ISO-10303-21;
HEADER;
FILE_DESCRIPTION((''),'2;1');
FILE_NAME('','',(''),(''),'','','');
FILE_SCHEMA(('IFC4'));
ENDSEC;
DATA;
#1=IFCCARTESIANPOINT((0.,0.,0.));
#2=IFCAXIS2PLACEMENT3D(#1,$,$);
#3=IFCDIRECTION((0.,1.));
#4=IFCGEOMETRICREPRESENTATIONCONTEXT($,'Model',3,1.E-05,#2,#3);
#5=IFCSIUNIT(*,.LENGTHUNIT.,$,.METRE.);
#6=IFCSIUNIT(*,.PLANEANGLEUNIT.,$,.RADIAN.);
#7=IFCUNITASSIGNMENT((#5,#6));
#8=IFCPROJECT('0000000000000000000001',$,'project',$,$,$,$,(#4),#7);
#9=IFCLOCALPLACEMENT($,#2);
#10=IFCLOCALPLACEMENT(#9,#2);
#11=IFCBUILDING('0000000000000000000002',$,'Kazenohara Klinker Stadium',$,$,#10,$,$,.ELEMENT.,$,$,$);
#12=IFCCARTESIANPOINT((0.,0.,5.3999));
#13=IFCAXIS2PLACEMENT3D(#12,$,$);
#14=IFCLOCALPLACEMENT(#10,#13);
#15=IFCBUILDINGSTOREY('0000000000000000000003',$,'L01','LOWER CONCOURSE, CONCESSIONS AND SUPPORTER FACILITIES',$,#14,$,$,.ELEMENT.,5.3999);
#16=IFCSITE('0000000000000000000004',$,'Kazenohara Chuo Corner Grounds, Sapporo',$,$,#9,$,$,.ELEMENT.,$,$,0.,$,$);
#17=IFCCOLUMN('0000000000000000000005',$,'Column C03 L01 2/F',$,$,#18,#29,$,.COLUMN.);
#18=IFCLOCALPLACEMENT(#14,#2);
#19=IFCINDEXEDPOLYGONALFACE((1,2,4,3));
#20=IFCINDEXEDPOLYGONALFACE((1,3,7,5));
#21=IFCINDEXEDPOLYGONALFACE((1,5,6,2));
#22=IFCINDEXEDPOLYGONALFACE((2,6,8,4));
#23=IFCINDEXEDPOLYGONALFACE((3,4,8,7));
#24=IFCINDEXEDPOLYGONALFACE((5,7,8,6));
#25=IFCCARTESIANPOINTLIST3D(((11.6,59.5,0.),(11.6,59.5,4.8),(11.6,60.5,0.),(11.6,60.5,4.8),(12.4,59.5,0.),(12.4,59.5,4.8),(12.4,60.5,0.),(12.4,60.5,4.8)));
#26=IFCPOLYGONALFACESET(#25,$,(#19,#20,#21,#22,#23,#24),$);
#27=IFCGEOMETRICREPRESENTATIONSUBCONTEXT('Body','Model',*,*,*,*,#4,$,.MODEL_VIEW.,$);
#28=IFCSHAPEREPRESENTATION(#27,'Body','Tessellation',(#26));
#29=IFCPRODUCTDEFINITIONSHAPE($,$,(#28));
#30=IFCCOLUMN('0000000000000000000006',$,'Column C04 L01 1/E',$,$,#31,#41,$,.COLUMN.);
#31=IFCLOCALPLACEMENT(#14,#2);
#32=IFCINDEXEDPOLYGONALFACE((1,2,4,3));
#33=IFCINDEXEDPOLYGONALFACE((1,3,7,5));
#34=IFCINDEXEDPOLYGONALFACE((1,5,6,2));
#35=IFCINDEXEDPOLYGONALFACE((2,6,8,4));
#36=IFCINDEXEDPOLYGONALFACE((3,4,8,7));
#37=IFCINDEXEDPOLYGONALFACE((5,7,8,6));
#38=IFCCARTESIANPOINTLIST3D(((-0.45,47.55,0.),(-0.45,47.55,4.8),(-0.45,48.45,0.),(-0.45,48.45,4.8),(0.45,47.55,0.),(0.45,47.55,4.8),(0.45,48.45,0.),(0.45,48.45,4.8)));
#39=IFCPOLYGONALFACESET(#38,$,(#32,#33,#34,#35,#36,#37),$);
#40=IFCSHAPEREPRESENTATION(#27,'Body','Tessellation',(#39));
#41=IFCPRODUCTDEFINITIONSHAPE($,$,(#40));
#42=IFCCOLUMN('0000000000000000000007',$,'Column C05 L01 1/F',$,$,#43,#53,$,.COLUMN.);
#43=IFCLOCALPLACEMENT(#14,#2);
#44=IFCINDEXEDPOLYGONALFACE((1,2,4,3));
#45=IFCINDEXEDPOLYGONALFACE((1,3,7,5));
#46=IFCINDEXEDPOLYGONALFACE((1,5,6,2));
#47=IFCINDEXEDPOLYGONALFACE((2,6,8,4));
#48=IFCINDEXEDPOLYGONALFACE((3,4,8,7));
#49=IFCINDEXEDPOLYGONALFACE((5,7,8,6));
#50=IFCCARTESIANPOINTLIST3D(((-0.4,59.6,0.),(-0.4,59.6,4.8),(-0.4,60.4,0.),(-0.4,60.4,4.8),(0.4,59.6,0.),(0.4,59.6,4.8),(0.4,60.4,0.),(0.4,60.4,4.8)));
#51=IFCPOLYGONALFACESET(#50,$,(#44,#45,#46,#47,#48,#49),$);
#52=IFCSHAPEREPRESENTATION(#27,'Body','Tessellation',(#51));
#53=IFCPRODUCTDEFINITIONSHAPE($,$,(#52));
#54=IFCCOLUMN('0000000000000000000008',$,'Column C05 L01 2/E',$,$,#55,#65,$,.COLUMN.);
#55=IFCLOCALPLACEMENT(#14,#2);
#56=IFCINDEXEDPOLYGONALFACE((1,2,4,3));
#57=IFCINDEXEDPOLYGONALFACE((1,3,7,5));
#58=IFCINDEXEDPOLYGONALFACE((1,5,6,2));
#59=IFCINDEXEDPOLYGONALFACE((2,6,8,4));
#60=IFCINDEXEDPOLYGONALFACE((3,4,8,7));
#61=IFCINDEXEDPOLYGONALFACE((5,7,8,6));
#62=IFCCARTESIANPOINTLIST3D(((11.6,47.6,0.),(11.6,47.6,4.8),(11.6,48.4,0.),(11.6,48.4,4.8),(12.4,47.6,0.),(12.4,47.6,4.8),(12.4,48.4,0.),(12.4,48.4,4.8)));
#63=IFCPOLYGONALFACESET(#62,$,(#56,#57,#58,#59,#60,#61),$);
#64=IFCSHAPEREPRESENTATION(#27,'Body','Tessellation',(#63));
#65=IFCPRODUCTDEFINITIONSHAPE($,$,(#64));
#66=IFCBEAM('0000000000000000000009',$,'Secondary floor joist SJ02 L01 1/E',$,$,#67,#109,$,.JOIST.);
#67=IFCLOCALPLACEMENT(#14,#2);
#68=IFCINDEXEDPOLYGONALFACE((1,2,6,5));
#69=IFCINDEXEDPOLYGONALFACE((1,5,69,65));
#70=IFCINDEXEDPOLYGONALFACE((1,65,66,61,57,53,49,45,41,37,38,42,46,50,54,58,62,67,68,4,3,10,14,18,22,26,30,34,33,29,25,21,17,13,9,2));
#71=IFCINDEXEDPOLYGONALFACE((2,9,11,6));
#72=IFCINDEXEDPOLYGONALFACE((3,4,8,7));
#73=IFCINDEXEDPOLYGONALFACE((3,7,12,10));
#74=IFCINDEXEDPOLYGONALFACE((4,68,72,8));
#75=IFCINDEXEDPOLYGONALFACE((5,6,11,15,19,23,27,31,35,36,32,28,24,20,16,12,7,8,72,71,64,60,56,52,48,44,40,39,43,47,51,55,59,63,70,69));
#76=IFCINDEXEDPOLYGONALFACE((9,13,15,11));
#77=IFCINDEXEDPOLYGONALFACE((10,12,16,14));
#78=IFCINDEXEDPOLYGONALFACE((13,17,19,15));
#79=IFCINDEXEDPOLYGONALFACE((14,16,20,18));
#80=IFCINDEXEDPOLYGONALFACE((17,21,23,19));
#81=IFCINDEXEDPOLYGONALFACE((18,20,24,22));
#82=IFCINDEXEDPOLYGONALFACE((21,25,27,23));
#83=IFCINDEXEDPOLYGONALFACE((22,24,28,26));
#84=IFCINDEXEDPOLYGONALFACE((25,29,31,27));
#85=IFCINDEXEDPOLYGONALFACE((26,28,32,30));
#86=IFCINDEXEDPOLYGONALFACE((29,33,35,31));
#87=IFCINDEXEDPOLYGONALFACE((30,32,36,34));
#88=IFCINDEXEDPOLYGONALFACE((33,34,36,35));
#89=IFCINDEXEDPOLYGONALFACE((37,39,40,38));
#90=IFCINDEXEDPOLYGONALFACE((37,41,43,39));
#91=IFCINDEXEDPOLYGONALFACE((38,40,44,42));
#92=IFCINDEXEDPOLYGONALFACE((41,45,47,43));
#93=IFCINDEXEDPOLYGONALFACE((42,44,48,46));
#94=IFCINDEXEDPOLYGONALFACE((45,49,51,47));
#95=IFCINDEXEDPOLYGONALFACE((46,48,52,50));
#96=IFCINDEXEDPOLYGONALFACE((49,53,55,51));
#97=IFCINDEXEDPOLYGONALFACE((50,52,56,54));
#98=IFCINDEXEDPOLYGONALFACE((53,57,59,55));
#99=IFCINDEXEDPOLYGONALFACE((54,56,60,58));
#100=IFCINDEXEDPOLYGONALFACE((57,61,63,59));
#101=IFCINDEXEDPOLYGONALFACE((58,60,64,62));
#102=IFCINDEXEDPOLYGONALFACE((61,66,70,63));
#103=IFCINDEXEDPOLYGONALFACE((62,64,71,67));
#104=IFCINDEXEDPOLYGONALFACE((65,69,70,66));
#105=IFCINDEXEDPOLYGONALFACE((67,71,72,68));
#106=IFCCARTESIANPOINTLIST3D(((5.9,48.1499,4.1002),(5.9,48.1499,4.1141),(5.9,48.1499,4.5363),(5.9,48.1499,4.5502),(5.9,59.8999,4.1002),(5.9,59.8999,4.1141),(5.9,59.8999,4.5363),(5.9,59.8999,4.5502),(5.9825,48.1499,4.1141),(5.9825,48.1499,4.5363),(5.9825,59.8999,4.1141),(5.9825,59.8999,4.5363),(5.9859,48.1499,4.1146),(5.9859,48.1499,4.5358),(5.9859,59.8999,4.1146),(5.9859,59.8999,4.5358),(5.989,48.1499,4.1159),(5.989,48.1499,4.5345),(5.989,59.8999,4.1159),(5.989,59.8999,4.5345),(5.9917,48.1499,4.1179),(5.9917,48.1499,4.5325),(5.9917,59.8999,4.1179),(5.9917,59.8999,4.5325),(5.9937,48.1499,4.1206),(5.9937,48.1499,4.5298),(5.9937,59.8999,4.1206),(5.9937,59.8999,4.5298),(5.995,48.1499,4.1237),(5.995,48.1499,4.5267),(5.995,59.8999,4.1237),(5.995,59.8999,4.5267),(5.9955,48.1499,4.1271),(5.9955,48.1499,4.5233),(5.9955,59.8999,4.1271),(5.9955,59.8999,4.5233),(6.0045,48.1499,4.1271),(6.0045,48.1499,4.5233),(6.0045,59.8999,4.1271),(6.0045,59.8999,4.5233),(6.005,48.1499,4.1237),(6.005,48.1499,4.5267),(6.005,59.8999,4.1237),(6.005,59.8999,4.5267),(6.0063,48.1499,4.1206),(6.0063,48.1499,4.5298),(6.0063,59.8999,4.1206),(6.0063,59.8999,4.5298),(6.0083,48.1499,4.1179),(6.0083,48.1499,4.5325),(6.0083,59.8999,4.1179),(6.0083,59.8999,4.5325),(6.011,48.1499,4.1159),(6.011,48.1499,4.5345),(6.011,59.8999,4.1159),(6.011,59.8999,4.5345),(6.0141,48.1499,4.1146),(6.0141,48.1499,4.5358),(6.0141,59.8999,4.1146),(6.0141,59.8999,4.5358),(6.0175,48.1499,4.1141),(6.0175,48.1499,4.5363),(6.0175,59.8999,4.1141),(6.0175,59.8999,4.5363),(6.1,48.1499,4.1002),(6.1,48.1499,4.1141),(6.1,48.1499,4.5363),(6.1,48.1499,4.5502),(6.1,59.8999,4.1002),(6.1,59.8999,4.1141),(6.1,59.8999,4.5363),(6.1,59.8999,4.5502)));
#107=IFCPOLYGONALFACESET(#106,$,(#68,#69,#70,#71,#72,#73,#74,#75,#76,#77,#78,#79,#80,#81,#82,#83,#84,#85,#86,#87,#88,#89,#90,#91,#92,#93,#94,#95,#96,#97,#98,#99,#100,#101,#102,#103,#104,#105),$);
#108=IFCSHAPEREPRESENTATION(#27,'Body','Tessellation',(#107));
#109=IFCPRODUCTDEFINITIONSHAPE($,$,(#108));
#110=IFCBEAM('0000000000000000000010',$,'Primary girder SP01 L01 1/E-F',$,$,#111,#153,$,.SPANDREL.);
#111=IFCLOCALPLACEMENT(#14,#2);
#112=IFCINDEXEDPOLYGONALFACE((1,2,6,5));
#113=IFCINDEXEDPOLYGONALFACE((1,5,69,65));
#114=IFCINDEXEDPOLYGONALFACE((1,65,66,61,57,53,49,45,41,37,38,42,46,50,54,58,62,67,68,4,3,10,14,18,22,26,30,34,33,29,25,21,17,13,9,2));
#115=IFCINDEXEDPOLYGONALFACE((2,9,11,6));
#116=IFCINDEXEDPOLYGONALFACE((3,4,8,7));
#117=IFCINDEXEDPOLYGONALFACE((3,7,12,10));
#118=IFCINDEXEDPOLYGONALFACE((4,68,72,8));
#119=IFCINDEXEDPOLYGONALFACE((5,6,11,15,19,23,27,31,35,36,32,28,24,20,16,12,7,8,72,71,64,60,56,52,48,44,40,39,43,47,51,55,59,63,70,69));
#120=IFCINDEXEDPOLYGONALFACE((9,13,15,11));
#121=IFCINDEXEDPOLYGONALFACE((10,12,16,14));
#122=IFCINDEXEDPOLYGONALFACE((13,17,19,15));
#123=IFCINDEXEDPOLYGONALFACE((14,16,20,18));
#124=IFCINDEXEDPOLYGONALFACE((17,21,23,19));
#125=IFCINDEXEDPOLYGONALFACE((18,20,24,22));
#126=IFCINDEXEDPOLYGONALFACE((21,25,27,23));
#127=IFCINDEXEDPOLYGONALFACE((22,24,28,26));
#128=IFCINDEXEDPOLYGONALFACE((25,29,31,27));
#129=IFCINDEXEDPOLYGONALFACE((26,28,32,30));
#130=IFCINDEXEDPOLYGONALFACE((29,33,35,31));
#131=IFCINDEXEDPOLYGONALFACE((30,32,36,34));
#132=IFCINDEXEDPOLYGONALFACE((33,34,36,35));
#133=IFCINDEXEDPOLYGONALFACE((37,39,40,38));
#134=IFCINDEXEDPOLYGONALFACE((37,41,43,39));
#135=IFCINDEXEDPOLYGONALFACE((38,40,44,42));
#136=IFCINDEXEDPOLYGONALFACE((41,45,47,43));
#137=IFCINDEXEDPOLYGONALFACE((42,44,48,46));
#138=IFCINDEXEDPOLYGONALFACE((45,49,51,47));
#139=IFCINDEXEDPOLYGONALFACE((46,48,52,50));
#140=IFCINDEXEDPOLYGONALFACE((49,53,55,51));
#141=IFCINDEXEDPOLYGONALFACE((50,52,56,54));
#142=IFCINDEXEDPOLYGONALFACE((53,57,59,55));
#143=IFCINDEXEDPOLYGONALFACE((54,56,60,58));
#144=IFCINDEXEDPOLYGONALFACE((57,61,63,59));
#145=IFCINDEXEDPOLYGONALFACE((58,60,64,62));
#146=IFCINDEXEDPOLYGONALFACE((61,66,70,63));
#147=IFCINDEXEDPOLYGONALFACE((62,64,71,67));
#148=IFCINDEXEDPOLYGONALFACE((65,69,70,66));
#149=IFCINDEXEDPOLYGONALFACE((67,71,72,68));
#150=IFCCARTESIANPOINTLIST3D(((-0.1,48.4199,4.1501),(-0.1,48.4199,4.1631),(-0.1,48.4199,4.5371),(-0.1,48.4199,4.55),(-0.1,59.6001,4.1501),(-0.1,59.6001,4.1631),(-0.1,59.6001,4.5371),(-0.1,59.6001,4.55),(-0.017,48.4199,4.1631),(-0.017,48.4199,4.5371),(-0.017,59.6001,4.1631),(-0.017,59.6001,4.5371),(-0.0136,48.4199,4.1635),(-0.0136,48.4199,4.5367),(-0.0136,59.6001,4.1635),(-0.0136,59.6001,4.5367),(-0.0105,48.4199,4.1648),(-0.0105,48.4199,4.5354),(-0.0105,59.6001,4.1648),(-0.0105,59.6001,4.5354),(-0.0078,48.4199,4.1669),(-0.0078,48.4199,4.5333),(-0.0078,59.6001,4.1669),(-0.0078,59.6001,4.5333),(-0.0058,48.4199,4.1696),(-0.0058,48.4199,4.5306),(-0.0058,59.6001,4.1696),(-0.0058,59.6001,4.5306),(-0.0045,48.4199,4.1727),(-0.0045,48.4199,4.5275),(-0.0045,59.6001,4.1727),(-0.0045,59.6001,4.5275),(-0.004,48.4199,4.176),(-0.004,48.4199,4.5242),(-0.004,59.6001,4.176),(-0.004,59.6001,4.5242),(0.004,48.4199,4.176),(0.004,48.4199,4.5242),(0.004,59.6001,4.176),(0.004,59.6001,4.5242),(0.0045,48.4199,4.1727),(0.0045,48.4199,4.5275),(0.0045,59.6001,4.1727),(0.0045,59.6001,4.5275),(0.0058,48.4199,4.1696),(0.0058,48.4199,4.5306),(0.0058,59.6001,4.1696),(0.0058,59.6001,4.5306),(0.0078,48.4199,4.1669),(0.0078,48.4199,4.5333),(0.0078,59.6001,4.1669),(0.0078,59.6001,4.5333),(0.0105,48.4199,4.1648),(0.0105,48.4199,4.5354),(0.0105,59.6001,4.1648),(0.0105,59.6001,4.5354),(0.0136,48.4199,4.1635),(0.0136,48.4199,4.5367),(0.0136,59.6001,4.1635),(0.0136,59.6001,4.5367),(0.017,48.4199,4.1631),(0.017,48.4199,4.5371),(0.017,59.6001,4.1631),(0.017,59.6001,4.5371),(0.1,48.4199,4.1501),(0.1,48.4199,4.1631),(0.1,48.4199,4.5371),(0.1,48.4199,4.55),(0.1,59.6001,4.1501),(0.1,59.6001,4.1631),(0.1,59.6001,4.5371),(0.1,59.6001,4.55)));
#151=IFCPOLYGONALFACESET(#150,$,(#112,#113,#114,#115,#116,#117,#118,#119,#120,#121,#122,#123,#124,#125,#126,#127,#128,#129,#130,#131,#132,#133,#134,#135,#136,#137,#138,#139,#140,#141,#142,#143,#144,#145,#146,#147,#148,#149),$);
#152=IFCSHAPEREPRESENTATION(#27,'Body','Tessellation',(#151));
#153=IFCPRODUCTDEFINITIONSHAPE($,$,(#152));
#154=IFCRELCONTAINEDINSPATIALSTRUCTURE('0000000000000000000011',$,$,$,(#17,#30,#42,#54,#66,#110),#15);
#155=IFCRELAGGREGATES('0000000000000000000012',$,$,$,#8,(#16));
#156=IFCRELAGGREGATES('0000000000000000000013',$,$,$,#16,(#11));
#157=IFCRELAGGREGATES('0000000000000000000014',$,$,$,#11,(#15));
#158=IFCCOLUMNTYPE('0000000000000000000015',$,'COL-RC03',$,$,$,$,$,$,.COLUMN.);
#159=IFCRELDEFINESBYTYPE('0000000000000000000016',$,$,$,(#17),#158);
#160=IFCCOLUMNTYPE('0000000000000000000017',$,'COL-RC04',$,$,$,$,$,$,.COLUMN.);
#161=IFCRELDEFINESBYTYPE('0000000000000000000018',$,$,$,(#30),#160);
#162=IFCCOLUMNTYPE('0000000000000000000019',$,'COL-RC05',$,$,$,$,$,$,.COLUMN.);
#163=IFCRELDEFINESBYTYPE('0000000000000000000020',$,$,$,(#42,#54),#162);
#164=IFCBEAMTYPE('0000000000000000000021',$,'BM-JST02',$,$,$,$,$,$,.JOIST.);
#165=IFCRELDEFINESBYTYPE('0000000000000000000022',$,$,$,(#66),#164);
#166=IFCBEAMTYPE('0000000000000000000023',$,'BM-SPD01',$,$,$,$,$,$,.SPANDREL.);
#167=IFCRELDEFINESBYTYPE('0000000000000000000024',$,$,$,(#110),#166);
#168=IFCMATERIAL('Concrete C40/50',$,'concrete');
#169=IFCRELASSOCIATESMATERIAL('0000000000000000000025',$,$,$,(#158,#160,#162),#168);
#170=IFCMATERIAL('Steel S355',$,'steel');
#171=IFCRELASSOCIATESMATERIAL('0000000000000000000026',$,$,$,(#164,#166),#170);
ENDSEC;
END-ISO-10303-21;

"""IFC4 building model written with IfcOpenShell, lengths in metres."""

from ifc_helpers import new_model, si_unit, direction, frame, origin, origin_2d, place, context, subcontext, project, spatial, rectangle, i_section, extrude, material, material_profile, profile_set, type_object, element, save


model = new_model("IFC4")

# Units and contexts
model_context = context("Model", 3, precision=1e-05, world=origin(), true_north=direction((0.0, 1.0)))
body_context = subcontext(model_context, "Body", "Model", "MODEL_VIEW")
ifc_project = project(units=[si_unit("LENGTHUNIT", "METRE"), si_unit("PLANEANGLEUNIT", "RADIAN")], contexts=[model_context])

# Site, building, storey
site_placement = place(None, origin())
site = spatial("IfcSite", under=ifc_project, at=site_placement, Name="Kazenohara Chuo Corner Grounds, Sapporo", CompositionType="ELEMENT", RefElevation=0.0)
building_placement = place(site_placement, origin())
building = spatial("IfcBuilding", under=site, at=building_placement, Name="Kazenohara Klinker Stadium", CompositionType="ELEMENT")
storey_placement = place(building_placement, frame((0.0, 0.0, 5.3999)))
storey = spatial("IfcBuildingStorey", under=building, at=storey_placement, Name="L01", Description="LOWER CONCOURSE, CONCESSIONS AND SUPPORTER FACILITIES", CompositionType="ELEMENT", Elevation=5.3999)

# Columns
ifc_material_1 = material(Name="Concrete C40/50", Category="concrete")
ifc_material_profile_1 = material_profile(ifc_material_1, rectangle(XDim=0.8, YDim=1.0, at=origin_2d()), Name="RC-COL-1000x800")
ifc_profile_set_1 = profile_set([ifc_material_profile_1], Name="Concrete C40/50")
column_type_1 = type_object("IfcColumnType", Name="COL-RC03", PredefinedType="COLUMN", material=ifc_profile_set_1)
column_1_placement = place(storey_placement, frame((12.0, 60.0, 0.0), z_axis=(0.0, 0.0, 1.0), x_axis=(1.0, 0.0, 0.0)))
element("IfcColumn", 1, at=column_1_placement, inside=storey, type_object=column_type_1, Name="Column C03 L01 2/F", PredefinedType="COLUMN", context=body_context, shape_type="SweptSolid", body=[
    extrude(rectangle(XDim=0.8, YDim=1.0, at=origin_2d()), origin(), (0.0, 0.0, 1.0), 4.8),
])
ifc_material_profile_2 = material_profile(ifc_material_1, rectangle(XDim=0.8999, YDim=0.8999, at=origin_2d()), Name="RC-COL-900x900")
ifc_profile_set_2 = profile_set([ifc_material_profile_2], Name="Concrete C40/50")
column_type_2 = type_object("IfcColumnType", Name="COL-RC04", PredefinedType="COLUMN", material=ifc_profile_set_2)
column_2_placement = place(storey_placement, frame((0.0, 48.0, 0.0), z_axis=(0.0, 0.0, 1.0), x_axis=(1.0, 0.0, 0.0)))
element("IfcColumn", 2, at=column_2_placement, inside=storey, type_object=column_type_2, Name="Column C04 L01 1/E", PredefinedType="COLUMN", context=body_context, shape_type="SweptSolid", body=[
    extrude(rectangle(XDim=0.8999, YDim=0.8999, at=origin_2d()), origin(), (0.0, 0.0, 1.0), 4.8),
])
ifc_material_profile_3 = material_profile(ifc_material_1, rectangle(XDim=0.8, YDim=0.8, at=origin_2d()), Name="RC-COL-800x800")
ifc_profile_set_3 = profile_set([ifc_material_profile_3], Name="Concrete C40/50")
column_type_3 = type_object("IfcColumnType", Name="COL-RC05", PredefinedType="COLUMN", material=ifc_profile_set_3)
for number, where, z_axis, x_axis, name in (
    (3, (0.0, 60.0, 0.0), (0.0, 0.0, 1.0), (1.0, 0.0, 0.0), "Column C05 L01 1/F"),
    (4, (12.0, 48.0, 0.0), (0.0, 0.0, 1.0), (1.0, 0.0, 0.0), "Column C05 L01 2/E"),
):
    element("IfcColumn", number, at=place(storey_placement, frame(where, z_axis=z_axis, x_axis=x_axis)), inside=storey, type_object=column_type_3, Name=name, PredefinedType="COLUMN", context=body_context, shape_type="SweptSolid", body=[
        extrude(rectangle(XDim=0.8, YDim=0.8, at=origin_2d()), origin(), (0.0, 0.0, 1.0), 4.8),
    ])

# Beams
ifc_material_2 = material(Name="Steel S355", Category="steel")
ifc_material_profile_4 = material_profile(ifc_material_2, i_section(OverallWidth=0.2, OverallDepth=0.45, WebThickness=0.009, FlangeThickness=0.0139, FilletRadius=0.0129, at=origin_2d()), Name="H-450x200x9x14")
ifc_profile_set_4 = profile_set([ifc_material_profile_4], Name="Steel S355")
beam_type_1 = type_object("IfcBeamType", Name="BM-JST02", PredefinedType="JOIST", material=ifc_profile_set_4)
beam_1_placement = place(storey_placement, frame((6.0, 48.1499, 4.3252), z_axis=(0.0, 1.0, 0.0), x_axis=(-1.0, 0.0, 0.0)))
element("IfcBeam", 5, at=beam_1_placement, inside=storey, type_object=beam_type_1, Name="Secondary floor joist SJ02 L01 1/E", PredefinedType="JOIST", context=body_context, shape_type="SweptSolid", body=[
    extrude(i_section(OverallWidth=0.2, OverallDepth=0.45, WebThickness=0.009, FlangeThickness=0.0139, FilletRadius=0.0129, at=origin_2d()), origin(), (0.0, 0.0, 1.0), 11.75),
])
ifc_material_profile_5 = material_profile(ifc_material_2, i_section(OverallWidth=0.2, OverallDepth=0.3999, WebThickness=0.0081, FlangeThickness=0.0129, FilletRadius=0.0129, at=origin_2d()), Name="H-400x200x8x13")
ifc_profile_set_5 = profile_set([ifc_material_profile_5], Name="Steel S355")
beam_type_2 = type_object("IfcBeamType", Name="BM-SPD01", PredefinedType="SPANDREL", material=ifc_profile_set_5)
beam_2_placement = place(storey_placement, frame((0.0, 48.4199, 4.3501), z_axis=(0.0, 1.0, 0.0), x_axis=(-1.0, 0.0, 0.0)))
element("IfcBeam", 6, at=beam_2_placement, inside=storey, type_object=beam_type_2, Name="Primary girder SP01 L01 1/E-F", PredefinedType="SPANDREL", context=body_context, shape_type="SweptSolid", body=[
    extrude(i_section(OverallWidth=0.2, OverallDepth=0.3999, WebThickness=0.0081, FlangeThickness=0.0129, FilletRadius=0.0129, at=origin_2d()), origin(), (0.0, 0.0, 1.0), 11.1802),
])

save(model, "model.ifc")
